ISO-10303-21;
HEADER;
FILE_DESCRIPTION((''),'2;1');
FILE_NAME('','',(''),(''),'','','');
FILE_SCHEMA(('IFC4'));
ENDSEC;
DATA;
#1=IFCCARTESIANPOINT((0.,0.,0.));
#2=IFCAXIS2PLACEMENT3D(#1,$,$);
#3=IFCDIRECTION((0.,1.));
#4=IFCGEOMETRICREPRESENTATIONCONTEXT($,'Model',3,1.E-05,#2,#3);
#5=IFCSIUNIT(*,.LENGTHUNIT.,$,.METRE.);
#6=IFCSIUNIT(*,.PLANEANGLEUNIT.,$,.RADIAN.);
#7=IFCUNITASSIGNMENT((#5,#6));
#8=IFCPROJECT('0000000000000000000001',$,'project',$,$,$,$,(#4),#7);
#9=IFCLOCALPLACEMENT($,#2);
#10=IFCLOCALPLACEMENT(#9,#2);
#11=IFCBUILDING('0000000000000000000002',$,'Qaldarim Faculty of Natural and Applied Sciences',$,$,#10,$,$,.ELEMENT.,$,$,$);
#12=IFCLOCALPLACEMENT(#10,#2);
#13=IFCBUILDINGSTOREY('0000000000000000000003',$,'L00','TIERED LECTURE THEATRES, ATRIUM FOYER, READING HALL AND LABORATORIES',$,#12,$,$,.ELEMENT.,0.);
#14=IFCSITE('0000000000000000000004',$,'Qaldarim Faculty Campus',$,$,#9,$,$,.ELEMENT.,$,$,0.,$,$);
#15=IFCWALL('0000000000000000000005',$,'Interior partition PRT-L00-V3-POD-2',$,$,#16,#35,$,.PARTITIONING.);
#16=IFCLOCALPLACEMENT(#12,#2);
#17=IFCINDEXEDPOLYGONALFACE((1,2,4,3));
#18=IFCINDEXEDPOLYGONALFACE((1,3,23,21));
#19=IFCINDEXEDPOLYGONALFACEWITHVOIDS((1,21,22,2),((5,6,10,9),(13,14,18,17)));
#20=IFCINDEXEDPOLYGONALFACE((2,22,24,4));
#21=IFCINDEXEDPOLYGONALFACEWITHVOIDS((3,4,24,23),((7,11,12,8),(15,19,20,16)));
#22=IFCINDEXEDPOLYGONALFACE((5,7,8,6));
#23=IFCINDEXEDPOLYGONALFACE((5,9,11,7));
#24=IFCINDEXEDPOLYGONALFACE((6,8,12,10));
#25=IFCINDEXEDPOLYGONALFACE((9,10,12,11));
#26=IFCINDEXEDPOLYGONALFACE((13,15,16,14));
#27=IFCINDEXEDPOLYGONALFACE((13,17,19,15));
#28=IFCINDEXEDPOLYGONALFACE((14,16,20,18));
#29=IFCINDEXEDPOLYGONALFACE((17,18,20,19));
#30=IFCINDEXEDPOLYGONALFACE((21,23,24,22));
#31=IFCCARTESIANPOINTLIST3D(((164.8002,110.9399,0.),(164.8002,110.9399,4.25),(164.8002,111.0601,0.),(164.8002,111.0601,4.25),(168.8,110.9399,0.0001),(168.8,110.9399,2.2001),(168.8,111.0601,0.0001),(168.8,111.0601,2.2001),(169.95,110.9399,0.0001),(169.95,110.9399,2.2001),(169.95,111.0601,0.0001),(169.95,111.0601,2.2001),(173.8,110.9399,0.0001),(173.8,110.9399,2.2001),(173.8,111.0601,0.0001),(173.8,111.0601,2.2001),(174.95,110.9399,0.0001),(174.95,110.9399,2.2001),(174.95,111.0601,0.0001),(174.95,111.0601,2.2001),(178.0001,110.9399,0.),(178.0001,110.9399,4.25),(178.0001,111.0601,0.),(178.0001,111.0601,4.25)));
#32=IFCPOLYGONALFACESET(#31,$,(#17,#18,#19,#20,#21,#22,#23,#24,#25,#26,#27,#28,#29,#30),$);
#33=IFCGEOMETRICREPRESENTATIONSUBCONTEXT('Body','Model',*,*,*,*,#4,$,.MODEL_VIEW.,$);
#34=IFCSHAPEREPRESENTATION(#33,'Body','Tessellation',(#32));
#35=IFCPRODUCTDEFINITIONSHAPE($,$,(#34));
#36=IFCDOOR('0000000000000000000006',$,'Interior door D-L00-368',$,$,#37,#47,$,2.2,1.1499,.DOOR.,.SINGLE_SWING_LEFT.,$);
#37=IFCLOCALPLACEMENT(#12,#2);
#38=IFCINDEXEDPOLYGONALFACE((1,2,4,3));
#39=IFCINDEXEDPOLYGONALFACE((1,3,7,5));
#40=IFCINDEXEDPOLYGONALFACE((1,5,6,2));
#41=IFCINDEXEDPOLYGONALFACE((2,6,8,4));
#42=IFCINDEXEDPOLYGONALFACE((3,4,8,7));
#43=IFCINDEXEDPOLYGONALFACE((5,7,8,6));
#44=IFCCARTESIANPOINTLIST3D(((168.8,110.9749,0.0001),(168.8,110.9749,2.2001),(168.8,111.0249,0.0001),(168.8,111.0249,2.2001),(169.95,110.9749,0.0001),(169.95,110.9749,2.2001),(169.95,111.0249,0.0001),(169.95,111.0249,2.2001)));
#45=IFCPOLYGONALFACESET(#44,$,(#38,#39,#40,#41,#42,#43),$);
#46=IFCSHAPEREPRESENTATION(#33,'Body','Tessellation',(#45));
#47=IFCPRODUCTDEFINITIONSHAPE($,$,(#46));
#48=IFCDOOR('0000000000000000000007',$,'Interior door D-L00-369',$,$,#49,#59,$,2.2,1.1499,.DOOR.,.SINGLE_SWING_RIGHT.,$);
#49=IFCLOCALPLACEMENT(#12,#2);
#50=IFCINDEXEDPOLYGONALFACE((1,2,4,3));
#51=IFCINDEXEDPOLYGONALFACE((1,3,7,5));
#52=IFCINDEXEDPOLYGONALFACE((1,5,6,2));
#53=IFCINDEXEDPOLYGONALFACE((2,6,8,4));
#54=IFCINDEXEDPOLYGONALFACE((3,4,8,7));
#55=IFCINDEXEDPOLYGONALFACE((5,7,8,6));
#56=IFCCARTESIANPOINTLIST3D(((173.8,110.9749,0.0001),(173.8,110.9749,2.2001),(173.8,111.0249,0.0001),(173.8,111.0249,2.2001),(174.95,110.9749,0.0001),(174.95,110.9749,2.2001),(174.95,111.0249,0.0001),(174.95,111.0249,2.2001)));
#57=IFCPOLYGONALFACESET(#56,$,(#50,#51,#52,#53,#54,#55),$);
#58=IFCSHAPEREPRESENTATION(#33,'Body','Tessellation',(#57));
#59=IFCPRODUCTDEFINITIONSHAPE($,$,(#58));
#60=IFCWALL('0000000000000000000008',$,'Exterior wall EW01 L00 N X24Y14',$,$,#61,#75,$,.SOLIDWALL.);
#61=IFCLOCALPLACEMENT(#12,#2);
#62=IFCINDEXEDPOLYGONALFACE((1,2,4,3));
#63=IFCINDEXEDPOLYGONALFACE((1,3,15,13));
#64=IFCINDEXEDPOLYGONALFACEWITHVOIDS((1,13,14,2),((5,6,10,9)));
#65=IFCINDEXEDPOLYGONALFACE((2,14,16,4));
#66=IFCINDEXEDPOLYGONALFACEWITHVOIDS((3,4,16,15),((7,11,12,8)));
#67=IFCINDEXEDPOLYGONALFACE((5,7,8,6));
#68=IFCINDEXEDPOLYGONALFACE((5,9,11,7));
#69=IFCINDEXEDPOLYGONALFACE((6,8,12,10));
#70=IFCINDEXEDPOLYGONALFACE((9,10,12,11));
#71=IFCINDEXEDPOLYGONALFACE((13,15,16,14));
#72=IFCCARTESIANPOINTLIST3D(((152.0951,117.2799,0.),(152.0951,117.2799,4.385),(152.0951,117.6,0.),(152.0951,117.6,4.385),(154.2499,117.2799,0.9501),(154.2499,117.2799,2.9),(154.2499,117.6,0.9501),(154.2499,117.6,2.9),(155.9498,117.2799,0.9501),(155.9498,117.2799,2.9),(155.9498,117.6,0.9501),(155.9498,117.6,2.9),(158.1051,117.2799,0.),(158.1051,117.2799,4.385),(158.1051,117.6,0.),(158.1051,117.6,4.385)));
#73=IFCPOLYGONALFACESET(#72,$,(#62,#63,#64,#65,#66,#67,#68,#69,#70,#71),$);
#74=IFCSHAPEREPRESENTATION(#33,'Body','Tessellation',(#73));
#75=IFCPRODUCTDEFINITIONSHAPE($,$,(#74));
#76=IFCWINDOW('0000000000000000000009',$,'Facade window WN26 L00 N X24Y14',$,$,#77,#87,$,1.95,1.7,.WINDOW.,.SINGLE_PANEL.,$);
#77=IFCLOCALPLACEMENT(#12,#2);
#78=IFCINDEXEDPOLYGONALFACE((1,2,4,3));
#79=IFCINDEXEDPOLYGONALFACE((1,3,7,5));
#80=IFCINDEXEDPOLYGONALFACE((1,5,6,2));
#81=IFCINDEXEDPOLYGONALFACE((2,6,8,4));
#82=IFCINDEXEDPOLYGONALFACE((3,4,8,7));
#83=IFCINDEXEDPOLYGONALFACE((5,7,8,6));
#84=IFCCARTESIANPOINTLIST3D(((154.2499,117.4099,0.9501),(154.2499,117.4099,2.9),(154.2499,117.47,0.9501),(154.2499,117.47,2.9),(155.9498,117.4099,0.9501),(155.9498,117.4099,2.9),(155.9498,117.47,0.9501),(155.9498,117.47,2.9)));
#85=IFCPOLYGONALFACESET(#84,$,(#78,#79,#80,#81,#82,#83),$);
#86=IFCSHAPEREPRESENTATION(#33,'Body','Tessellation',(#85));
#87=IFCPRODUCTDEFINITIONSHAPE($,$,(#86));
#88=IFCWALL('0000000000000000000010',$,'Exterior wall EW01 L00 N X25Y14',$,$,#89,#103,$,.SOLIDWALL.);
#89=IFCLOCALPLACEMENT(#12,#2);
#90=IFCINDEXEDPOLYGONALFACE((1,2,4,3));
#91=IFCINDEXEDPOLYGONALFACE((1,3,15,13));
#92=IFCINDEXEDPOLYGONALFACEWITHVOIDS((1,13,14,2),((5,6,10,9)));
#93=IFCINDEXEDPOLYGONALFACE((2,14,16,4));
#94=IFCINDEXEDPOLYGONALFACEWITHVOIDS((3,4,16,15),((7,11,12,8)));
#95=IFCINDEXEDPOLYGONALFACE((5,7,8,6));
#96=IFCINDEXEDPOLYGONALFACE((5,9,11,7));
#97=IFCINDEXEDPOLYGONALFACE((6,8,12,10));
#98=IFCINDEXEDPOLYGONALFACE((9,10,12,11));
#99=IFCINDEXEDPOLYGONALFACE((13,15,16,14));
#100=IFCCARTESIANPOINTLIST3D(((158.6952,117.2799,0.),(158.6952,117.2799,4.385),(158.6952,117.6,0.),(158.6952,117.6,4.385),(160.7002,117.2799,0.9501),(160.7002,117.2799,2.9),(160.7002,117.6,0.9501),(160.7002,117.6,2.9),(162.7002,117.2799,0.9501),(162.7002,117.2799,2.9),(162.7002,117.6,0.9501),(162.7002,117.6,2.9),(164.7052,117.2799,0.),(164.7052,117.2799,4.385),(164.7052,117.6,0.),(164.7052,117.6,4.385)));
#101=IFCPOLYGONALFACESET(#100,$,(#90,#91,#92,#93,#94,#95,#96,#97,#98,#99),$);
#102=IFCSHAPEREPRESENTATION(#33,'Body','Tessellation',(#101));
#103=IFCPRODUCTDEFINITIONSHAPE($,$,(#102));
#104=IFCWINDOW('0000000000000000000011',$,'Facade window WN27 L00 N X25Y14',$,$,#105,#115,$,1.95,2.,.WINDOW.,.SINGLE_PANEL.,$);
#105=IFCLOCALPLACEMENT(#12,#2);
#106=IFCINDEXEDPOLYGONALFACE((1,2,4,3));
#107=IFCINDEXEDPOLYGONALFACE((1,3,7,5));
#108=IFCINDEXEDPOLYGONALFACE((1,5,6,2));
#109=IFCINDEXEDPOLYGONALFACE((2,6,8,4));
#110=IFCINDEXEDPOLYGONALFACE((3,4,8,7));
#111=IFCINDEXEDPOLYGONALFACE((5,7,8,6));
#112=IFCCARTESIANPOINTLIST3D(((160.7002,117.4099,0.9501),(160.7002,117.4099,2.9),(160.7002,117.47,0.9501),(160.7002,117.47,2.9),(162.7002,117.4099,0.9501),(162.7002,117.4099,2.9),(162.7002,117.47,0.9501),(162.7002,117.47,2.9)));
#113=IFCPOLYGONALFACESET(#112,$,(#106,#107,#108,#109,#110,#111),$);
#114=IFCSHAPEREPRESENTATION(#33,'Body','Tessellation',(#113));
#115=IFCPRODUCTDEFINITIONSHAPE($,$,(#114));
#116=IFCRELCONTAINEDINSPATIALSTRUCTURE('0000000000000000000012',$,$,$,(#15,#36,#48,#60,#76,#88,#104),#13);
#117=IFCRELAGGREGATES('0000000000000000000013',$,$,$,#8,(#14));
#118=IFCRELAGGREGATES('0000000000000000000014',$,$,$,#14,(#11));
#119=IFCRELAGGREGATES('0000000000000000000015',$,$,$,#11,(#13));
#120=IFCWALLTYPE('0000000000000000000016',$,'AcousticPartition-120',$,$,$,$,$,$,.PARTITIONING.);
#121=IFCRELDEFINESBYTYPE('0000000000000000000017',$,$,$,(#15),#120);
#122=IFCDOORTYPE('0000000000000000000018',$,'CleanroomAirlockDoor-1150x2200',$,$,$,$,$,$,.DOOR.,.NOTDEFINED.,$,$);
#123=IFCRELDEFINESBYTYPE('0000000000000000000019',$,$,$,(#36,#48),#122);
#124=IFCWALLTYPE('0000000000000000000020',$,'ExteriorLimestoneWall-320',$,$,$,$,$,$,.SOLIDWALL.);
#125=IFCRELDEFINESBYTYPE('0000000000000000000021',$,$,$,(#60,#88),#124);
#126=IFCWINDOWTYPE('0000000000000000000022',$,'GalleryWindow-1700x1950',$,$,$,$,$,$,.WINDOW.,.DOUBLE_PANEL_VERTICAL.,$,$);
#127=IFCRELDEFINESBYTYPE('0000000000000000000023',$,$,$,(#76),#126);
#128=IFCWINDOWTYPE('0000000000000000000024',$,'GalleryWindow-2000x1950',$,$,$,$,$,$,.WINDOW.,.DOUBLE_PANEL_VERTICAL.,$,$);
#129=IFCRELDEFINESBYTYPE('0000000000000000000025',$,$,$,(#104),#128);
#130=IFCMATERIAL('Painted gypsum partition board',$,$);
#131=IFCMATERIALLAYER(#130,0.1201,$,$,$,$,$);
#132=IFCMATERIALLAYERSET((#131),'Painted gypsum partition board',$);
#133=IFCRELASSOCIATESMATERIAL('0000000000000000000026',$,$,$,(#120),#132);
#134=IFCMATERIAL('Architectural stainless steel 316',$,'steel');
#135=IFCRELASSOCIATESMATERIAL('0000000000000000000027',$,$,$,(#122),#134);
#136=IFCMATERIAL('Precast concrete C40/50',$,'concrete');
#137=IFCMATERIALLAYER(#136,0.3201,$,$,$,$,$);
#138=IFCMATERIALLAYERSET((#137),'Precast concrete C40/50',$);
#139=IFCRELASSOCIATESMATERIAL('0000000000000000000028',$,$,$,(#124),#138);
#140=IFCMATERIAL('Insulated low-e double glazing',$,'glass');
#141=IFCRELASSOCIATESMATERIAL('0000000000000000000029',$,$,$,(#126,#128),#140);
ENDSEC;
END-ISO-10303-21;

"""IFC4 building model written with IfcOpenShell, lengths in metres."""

from ifc_helpers import new_model, si_unit, direction, frame, frame_2d, origin, place, context, subcontext, project, spatial, rectangle, extrude, material, layer, layer_set, type_object, element, fill, save


model = new_model("IFC4")

# Units and contexts
model_context = context("Model", 3, precision=1e-05, world=origin(), true_north=direction((0.0, 1.0)))
body_context = subcontext(model_context, "Body", "Model", "MODEL_VIEW")
ifc_project = project(units=[si_unit("LENGTHUNIT", "METRE"), si_unit("PLANEANGLEUNIT", "RADIAN")], contexts=[model_context])

# Site, building, storey
site_placement = place(None, origin())
site = spatial("IfcSite", under=ifc_project, at=site_placement, Name="Qaldarim Faculty Campus", CompositionType="ELEMENT", RefElevation=0.0)
building_placement = place(site_placement, origin())
building = spatial("IfcBuilding", under=site, at=building_placement, Name="Qaldarim Faculty of Natural and Applied Sciences", CompositionType="ELEMENT")
storey_placement = place(building_placement, origin())
storey = spatial("IfcBuildingStorey", under=building, at=storey_placement, Name="L00", Description="TIERED LECTURE THEATRES, ATRIUM FOYER, READING HALL AND LABORATORIES", CompositionType="ELEMENT", Elevation=0.0)

# Shared definitions
ifc_material_1 = material(Name="Painted gypsum partition board")
ifc_layer_1 = layer(ifc_material_1, 0.1201)
ifc_layer_set_1 = layer_set([ifc_layer_1], Name="Painted gypsum partition board")
wall_type_1 = type_object("IfcWallType", Name="AcousticPartition-120", PredefinedType="PARTITIONING", material=ifc_layer_set_1)

# Wall, openings, doors
wall_1_placement = place(storey_placement, frame((164.8, 111.0, 0.0), z_axis=(0.0, 0.0, 1.0), x_axis=(1.0, 0.0, 0.0)))
wall_1 = element("IfcWall", 1, at=wall_1_placement, inside=storey, type_object=wall_type_1, Name="Interior partition PRT-L00-V3-POD-2", PredefinedType="PARTITIONING", context=body_context, shape_type="SweptSolid", body=[
    extrude(rectangle(XDim=13.2, YDim=0.1201, at=frame_2d((6.6001, 0.0))), origin(), (0.0, 0.0, 1.0), 4.25),
])
opening_1_placement = place(wall_1_placement, frame((4.0, 0.0, 0.0)))
opening_1 = element("IfcOpeningElement", 2, at=opening_1_placement, cuts=wall_1, PredefinedType="OPENING", context=body_context, shape_type="SweptSolid", body=[
    extrude(rectangle(XDim=1.1499, YDim=2.2, at=frame_2d((0.575, 1.1001))), frame((0.0, 0.0701, 0.0), z_axis=(0.0, -1.0, 0.0), x_axis=(1.0, 0.0, 0.0)), (0.0, 0.0, 1.0), 0.1401),
])
opening_2_placement = place(wall_1_placement, frame((9.0, 0.0, 0.0)))
opening_2 = element("IfcOpeningElement", 3, at=opening_2_placement, cuts=wall_1, PredefinedType="OPENING", context=body_context, shape_type="SweptSolid", body=[
    extrude(rectangle(XDim=1.1499, YDim=2.2, at=frame_2d((0.575, 1.1001))), frame((0.0, 0.0701, 0.0), z_axis=(0.0, -1.0, 0.0), x_axis=(1.0, 0.0, 0.0)), (0.0, 0.0, 1.0), 0.1401),
])
ifc_material_2 = material(Name="Architectural stainless steel 316", Category="steel")
door_type = type_object("IfcDoorType", Name="CleanroomAirlockDoor-1150x2200", OperationType="NOTDEFINED", PredefinedType="DOOR", material=ifc_material_2)
door_1_placement = place(opening_1_placement, origin())
door_1 = element("IfcDoor", 4, at=door_1_placement, inside=storey, type_object=door_type, Name="Interior door D-L00-368", OperationType="SINGLE_SWING_LEFT", OverallHeight=2.2, OverallWidth=1.1499, PredefinedType="DOOR", context=body_context, shape_type="SweptSolid", body=[
    extrude(rectangle(XDim=1.1499, YDim=2.2, at=frame_2d((0.575, 1.1001))), frame((0.0, 0.0249, 0.0), z_axis=(0.0, -1.0, 0.0), x_axis=(1.0, 0.0, 0.0)), (0.0, 0.0, 1.0), 0.05),
])
fill(opening_1, door_1)
door_2_placement = place(opening_2_placement, origin())
door_2 = element("IfcDoor", 5, at=door_2_placement, inside=storey, type_object=door_type, Name="Interior door D-L00-369", OperationType="SINGLE_SWING_RIGHT", OverallHeight=2.2, OverallWidth=1.1499, PredefinedType="DOOR", context=body_context, shape_type="SweptSolid", body=[
    extrude(rectangle(XDim=1.1499, YDim=2.2, at=frame_2d((0.575, 1.1001))), frame((0.0, 0.0249, 0.0), z_axis=(0.0, -1.0, 0.0), x_axis=(1.0, 0.0, 0.0)), (0.0, 0.0, 1.0), 0.05),
])
fill(opening_2, door_2)

# Walls, openings, windows
ifc_material_3 = material(Name="Precast concrete C40/50", Category="concrete")
ifc_layer_2 = layer(ifc_material_3, 0.3201)
ifc_layer_set_2 = layer_set([ifc_layer_2], Name="Precast concrete C40/50")
wall_type_2 = type_object("IfcWallType", Name="ExteriorLimestoneWall-320", PredefinedType="SOLIDWALL", material=ifc_layer_set_2)
wall_2_placement = place(storey_placement, frame((158.105, 117.4399, 0.0), z_axis=(0.0, 0.0, 1.0), x_axis=(-1.0, 0.0, 0.0)))
wall_2 = element("IfcWall", 6, at=wall_2_placement, inside=storey, type_object=wall_type_2, Name="Exterior wall EW01 L00 N X24Y14", PredefinedType="SOLIDWALL", context=body_context, shape_type="SweptSolid", body=[
    extrude(rectangle(XDim=6.01, YDim=0.3201, at=frame_2d((3.0049, 0.0))), origin(), (0.0, 0.0, 1.0), 4.385),
])
opening_3_placement = place(wall_2_placement, frame((2.155, 0.0, 0.95)))
opening_3 = element("IfcOpeningElement", 7, at=opening_3_placement, cuts=wall_2, PredefinedType="OPENING", context=body_context, shape_type="SweptSolid", body=[
    extrude(rectangle(XDim=1.7, YDim=1.95, at=frame_2d((0.8501, 0.9751))), frame((0.0, 0.1699, 0.0), z_axis=(0.0, -1.0, 0.0), x_axis=(1.0, 0.0, 0.0)), (0.0, 0.0, 1.0), 0.3401),
])
ifc_material_4 = material(Name="Insulated low-e double glazing", Category="glass")
window_type_1 = type_object("IfcWindowType", Name="GalleryWindow-1700x1950", PartitioningType="DOUBLE_PANEL_VERTICAL", PredefinedType="WINDOW", material=ifc_material_4)
window_1_placement = place(opening_3_placement, origin())
window_1 = element("IfcWindow", 8, at=window_1_placement, inside=storey, type_object=window_type_1, Name="Facade window WN26 L00 N X24Y14", OverallHeight=1.95, OverallWidth=1.7, PartitioningType="SINGLE_PANEL", PredefinedType="WINDOW", context=body_context, shape_type="SweptSolid", body=[
    extrude(rectangle(XDim=1.7, YDim=1.95, at=frame_2d((0.8501, 0.9751))), frame((0.0, 0.03, 0.0), z_axis=(0.0, -1.0, 0.0), x_axis=(1.0, 0.0, 0.0)), (0.0, 0.0, 1.0), 0.0601),
])
fill(opening_3, window_1)
wall_3_placement = place(storey_placement, frame((164.7051, 117.4399, 0.0), z_axis=(0.0, 0.0, 1.0), x_axis=(-1.0, 0.0, 0.0)))
wall_3 = element("IfcWall", 9, at=wall_3_placement, inside=storey, type_object=wall_type_2, Name="Exterior wall EW01 L00 N X25Y14", PredefinedType="SOLIDWALL", context=body_context, shape_type="SweptSolid", body=[
    extrude(rectangle(XDim=6.01, YDim=0.3201, at=frame_2d((3.0049, 0.0))), origin(), (0.0, 0.0, 1.0), 4.385),
])
opening_4_placement = place(wall_3_placement, frame((2.0049, 0.0, 0.95)))
opening_4 = element("IfcOpeningElement", 10, at=opening_4_placement, cuts=wall_3, PredefinedType="OPENING", context=body_context, shape_type="SweptSolid", body=[
    extrude(rectangle(XDim=2.0, YDim=1.95, at=frame_2d((1.0, 0.9751))), frame((0.0, 0.1699, 0.0), z_axis=(0.0, -1.0, 0.0), x_axis=(1.0, 0.0, 0.0)), (0.0, 0.0, 1.0), 0.3401),
])
window_type_2 = type_object("IfcWindowType", Name="GalleryWindow-2000x1950", PartitioningType="DOUBLE_PANEL_VERTICAL", PredefinedType="WINDOW", material=ifc_material_4)
window_2_placement = place(opening_4_placement, origin())
window_2 = element("IfcWindow", 11, at=window_2_placement, inside=storey, type_object=window_type_2, Name="Facade window WN27 L00 N X25Y14", OverallHeight=1.95, OverallWidth=2.0, PartitioningType="SINGLE_PANEL", PredefinedType="WINDOW", context=body_context, shape_type="SweptSolid", body=[
    extrude(rectangle(XDim=2.0, YDim=1.95, at=frame_2d((1.0, 0.9751))), frame((0.0, 0.03, 0.0), z_axis=(0.0, -1.0, 0.0), x_axis=(1.0, 0.0, 0.0)), (0.0, 0.0, 1.0), 0.0601),
])
fill(opening_4, window_2)

save(model, "model.ifc")
